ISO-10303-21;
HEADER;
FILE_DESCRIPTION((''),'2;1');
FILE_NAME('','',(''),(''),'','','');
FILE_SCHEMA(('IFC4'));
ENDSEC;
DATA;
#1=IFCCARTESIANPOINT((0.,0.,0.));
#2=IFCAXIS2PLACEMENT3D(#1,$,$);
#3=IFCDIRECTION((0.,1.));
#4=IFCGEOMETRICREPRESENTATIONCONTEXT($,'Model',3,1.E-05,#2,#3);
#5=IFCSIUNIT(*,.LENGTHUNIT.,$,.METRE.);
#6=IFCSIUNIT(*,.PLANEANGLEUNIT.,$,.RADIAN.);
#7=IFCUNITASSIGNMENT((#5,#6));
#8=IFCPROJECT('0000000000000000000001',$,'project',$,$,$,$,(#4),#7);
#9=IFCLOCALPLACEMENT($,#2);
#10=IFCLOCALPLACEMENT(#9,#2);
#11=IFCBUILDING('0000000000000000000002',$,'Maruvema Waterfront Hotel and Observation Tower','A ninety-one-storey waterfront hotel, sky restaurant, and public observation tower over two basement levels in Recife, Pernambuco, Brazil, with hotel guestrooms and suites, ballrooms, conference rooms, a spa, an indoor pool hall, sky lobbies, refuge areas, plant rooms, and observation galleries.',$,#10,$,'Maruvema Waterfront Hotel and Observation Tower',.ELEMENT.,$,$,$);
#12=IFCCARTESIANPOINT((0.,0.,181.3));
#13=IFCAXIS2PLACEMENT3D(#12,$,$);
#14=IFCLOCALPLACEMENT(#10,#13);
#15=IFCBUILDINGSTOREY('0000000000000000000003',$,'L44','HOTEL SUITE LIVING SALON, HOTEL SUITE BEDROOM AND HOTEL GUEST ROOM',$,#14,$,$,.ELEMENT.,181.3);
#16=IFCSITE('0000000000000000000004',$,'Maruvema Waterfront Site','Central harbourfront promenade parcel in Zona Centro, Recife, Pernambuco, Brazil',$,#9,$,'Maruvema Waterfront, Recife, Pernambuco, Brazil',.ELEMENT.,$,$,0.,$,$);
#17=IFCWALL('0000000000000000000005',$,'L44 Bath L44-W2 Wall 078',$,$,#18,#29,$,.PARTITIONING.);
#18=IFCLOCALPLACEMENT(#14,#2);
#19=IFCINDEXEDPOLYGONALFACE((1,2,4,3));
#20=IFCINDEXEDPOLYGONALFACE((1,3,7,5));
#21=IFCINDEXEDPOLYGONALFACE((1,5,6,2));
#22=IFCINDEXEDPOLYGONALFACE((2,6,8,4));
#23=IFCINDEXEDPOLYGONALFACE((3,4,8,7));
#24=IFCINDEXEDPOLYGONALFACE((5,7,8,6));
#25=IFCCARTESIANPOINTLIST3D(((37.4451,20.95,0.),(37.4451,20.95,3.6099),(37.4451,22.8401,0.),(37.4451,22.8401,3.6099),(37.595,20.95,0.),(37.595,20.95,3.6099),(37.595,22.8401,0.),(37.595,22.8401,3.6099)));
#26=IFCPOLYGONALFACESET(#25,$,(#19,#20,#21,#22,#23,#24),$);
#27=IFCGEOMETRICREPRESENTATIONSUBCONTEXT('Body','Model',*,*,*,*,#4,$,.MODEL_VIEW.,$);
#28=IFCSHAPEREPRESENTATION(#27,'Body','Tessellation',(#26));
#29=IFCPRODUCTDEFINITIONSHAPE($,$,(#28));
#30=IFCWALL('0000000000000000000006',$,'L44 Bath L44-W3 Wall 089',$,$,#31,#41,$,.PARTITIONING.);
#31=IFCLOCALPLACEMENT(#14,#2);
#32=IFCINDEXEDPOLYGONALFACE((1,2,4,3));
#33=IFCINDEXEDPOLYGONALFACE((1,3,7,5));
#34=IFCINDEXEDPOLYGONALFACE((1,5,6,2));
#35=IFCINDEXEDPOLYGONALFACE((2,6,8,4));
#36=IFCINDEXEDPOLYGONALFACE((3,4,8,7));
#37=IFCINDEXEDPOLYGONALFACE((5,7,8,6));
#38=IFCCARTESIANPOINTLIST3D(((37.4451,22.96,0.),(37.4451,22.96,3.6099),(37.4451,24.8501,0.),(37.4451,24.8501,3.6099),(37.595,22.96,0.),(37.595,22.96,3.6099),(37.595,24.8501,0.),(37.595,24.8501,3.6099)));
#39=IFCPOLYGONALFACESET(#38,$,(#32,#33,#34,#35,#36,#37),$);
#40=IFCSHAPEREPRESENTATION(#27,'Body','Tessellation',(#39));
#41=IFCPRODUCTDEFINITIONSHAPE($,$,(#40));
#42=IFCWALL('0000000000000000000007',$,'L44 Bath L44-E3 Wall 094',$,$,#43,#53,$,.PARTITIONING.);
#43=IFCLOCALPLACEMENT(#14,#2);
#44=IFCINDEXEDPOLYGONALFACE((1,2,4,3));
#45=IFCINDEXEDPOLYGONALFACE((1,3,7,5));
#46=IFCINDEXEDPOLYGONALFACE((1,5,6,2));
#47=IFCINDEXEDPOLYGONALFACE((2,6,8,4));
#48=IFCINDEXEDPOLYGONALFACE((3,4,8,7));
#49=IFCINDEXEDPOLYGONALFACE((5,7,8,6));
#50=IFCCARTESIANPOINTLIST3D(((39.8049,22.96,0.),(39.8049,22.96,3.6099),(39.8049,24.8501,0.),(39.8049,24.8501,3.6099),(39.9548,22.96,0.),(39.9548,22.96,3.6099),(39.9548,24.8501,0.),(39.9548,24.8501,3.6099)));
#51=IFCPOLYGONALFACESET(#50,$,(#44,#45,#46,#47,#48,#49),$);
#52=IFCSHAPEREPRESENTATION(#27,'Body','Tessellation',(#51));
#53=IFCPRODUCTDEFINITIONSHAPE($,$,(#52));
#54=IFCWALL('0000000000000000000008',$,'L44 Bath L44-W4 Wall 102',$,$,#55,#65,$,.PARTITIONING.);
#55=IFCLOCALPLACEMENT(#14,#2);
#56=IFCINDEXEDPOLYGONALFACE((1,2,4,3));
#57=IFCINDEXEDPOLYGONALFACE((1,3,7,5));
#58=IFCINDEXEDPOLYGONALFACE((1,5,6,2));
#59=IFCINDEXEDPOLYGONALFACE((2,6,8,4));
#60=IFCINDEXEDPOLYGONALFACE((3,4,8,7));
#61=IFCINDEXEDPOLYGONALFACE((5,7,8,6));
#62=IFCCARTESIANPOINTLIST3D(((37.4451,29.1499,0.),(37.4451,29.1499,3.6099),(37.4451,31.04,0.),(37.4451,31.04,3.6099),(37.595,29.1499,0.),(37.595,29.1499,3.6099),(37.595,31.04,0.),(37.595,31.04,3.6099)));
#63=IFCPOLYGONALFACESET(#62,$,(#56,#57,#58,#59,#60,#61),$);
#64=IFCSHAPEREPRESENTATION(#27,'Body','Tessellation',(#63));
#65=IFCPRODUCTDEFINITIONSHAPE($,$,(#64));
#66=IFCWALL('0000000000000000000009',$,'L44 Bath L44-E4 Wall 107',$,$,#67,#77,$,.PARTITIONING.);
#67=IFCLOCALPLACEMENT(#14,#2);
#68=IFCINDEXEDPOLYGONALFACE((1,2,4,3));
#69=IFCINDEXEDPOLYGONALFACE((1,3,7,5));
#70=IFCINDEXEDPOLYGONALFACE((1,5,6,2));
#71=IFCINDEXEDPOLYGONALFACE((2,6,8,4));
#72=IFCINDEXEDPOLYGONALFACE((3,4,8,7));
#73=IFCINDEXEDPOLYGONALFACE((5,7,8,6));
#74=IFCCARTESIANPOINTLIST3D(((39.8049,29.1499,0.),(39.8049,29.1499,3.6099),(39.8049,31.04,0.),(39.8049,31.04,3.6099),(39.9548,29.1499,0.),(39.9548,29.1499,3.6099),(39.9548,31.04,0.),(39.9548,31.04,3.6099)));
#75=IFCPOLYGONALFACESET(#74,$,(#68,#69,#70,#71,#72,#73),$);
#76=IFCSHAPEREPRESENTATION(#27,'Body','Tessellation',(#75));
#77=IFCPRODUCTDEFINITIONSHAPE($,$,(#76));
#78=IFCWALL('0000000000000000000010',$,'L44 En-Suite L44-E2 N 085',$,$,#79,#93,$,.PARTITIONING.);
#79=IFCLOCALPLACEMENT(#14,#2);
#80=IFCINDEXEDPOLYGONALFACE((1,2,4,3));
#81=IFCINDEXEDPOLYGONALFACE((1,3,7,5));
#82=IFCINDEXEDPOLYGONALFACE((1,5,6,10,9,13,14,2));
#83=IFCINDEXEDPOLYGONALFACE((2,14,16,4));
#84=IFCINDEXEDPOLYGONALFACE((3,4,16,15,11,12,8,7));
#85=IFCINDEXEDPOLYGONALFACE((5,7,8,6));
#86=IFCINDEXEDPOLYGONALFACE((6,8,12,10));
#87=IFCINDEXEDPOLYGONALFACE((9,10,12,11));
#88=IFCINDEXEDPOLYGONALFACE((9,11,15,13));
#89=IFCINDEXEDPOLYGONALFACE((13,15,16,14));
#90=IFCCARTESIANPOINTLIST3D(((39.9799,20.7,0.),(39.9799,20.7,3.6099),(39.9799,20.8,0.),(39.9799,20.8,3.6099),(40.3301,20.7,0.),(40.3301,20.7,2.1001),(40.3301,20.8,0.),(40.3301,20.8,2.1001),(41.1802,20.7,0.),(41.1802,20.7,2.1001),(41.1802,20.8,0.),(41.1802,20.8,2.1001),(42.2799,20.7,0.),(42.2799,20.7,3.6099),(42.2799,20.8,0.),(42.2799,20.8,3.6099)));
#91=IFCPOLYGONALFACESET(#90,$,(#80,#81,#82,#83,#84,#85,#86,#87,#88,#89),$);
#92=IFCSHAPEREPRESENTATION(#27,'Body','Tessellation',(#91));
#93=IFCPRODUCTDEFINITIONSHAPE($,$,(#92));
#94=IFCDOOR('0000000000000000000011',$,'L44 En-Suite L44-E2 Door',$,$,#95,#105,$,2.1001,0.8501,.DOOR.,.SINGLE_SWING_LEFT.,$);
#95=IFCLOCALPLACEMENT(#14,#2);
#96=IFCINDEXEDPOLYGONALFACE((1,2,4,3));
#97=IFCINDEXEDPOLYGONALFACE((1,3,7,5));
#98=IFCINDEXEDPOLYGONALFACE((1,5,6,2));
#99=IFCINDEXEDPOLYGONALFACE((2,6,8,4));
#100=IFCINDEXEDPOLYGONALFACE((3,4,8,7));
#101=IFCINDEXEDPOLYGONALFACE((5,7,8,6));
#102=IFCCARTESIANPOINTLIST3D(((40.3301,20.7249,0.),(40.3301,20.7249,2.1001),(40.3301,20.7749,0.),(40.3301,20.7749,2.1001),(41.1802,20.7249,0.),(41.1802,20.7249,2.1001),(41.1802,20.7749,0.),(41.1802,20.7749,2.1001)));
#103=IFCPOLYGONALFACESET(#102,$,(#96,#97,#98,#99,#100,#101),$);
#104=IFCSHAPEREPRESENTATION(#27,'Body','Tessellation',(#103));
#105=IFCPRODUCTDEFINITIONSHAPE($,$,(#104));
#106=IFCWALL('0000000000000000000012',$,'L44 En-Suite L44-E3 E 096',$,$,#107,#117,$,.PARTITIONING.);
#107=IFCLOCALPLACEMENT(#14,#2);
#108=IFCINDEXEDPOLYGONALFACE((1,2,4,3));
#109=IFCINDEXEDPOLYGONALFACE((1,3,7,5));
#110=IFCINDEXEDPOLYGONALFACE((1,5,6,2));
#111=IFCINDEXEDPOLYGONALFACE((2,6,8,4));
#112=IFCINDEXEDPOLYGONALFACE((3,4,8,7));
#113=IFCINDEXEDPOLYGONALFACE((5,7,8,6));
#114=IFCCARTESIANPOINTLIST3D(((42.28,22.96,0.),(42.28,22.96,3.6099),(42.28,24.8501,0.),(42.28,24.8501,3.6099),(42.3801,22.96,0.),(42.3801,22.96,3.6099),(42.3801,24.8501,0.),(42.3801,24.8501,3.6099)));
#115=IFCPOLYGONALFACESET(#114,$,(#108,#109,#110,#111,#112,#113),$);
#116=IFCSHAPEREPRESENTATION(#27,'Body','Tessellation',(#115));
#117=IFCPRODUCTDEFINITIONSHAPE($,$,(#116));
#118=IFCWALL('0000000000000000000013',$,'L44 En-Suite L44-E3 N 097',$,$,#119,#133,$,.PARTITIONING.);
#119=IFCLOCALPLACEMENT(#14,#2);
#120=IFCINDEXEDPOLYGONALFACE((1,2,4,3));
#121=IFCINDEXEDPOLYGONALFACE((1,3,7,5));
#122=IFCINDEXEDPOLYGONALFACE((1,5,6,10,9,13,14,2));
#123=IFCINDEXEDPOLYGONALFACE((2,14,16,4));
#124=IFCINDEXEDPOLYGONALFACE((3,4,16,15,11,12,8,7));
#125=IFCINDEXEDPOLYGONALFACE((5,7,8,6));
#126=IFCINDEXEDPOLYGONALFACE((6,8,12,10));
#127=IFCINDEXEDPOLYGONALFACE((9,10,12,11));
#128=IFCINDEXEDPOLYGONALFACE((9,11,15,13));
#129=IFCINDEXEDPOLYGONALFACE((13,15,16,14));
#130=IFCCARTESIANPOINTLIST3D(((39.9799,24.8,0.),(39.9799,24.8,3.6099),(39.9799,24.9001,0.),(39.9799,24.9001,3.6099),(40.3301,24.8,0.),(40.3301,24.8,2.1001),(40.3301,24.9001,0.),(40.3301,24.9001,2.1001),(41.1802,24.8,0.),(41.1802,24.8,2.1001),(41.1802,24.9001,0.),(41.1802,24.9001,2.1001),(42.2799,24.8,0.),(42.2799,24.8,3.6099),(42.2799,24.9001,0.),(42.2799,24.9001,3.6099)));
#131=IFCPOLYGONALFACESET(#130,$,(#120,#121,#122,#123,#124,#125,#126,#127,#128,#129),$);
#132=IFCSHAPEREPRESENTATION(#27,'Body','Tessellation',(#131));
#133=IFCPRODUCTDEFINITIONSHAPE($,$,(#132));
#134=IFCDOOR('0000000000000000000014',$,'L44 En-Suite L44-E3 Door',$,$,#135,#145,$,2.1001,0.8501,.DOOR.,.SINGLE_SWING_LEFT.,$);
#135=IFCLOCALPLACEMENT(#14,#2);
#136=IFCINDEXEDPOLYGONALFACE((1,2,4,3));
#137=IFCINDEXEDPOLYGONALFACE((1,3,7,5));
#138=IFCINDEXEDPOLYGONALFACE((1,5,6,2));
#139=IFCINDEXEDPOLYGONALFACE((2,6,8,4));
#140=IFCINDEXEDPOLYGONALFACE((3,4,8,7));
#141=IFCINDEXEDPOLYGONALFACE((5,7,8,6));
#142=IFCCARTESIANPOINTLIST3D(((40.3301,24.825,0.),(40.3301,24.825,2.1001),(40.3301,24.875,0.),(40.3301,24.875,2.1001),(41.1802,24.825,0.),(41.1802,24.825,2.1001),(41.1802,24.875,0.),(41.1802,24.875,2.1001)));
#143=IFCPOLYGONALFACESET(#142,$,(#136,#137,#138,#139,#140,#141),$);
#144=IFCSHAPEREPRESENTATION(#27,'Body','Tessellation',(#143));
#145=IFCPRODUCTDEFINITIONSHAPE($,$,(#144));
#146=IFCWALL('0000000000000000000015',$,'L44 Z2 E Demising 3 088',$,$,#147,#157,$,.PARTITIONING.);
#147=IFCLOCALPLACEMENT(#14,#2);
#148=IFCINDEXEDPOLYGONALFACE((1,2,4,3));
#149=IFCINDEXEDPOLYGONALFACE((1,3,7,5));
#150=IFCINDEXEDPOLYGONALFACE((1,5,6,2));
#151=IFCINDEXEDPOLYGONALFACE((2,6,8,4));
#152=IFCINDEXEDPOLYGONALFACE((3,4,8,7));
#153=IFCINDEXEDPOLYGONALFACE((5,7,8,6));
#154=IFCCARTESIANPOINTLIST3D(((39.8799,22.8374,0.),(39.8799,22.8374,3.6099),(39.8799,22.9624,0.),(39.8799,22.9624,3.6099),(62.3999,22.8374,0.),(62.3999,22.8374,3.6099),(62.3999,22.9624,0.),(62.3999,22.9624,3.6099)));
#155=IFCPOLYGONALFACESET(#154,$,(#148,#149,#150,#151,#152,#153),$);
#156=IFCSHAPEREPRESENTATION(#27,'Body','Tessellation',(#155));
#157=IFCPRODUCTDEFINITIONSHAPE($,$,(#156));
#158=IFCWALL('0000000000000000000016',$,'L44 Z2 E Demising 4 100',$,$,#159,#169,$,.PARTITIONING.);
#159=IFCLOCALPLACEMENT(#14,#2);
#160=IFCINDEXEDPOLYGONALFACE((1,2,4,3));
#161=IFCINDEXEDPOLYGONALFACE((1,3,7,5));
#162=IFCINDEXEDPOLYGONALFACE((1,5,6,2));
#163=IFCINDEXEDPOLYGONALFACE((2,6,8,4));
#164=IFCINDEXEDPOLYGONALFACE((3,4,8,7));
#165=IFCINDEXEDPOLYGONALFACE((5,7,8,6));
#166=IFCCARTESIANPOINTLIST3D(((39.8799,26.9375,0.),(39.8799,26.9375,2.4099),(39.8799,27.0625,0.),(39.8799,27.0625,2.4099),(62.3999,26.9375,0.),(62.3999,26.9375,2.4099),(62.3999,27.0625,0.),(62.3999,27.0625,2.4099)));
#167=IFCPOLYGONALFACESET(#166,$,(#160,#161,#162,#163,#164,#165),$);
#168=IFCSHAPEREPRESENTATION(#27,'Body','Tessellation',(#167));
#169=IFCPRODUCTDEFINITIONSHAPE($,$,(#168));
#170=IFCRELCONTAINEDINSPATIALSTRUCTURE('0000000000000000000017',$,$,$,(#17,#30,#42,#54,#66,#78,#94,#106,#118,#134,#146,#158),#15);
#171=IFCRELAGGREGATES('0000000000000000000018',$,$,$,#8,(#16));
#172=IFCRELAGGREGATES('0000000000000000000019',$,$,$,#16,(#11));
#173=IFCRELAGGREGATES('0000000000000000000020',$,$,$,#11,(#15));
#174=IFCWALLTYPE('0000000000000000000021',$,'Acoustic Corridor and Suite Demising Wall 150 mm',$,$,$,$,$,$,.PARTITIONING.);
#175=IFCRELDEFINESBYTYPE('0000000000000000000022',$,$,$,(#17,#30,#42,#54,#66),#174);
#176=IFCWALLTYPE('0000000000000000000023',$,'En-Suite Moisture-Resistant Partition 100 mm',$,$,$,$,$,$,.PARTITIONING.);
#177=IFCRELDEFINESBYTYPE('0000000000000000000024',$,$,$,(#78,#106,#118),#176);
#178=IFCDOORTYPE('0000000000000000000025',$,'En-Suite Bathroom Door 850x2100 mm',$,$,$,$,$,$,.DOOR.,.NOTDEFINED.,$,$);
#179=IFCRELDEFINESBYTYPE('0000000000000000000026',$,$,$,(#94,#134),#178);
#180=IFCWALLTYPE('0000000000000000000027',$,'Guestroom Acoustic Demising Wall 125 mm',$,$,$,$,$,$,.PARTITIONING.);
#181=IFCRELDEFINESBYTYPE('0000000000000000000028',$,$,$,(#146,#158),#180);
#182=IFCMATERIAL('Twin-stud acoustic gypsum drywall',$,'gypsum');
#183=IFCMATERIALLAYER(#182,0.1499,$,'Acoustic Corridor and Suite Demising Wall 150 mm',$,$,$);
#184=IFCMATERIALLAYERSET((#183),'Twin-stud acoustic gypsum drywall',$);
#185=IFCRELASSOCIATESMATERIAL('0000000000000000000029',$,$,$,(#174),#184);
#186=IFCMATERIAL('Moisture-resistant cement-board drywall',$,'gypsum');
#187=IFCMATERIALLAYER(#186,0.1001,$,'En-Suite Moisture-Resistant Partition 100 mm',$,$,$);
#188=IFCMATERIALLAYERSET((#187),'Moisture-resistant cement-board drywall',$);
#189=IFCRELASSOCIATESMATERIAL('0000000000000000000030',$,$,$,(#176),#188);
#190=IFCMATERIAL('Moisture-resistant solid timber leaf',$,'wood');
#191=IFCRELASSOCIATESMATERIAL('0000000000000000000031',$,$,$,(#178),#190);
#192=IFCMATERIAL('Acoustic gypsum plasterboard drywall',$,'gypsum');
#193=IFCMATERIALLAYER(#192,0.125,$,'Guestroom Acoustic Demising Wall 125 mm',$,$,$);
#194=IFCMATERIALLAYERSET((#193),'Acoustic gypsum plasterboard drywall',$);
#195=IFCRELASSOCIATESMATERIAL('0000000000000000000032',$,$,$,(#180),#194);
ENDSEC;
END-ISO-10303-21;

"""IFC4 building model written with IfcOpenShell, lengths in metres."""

from ifc_helpers import new_model, si_unit, direction, frame, frame_2d, origin, place, context, subcontext, project, spatial, rectangle, extrude, material, layer, layer_set, type_object, element, fill, save


model = new_model("IFC4")

# Units and contexts
model_context = context("Model", 3, precision=1e-05, world=origin(), true_north=direction((0.0, 1.0)))
body_context = subcontext(model_context, "Body", "Model", "MODEL_VIEW")
ifc_project = project(units=[si_unit("LENGTHUNIT", "METRE"), si_unit("PLANEANGLEUNIT", "RADIAN")], contexts=[model_context])

# Site, building, storey
site_placement = place(None, origin())
site = spatial("IfcSite", under=ifc_project, at=site_placement, Name="Maruvema Waterfront Site", Description="Central harbourfront promenade parcel in Zona Centro, Recife, Pernambuco, Brazil", LongName="Maruvema Waterfront, Recife, Pernambuco, Brazil", CompositionType="ELEMENT", RefElevation=0.0)
building_placement = place(site_placement, origin())
building = spatial("IfcBuilding", under=site, at=building_placement, Name="Maruvema Waterfront Hotel and Observation Tower", Description="A ninety-one-storey waterfront hotel, sky restaurant, and public observation tower over two basement levels in Recife, Pernambuco, Brazil, with hotel guestrooms and suites, ballrooms, conference rooms, a spa, an indoor pool hall, sky lobbies, refuge areas, plant rooms, and observation galleries.", LongName="Maruvema Waterfront Hotel and Observation Tower", CompositionType="ELEMENT")
storey_placement = place(building_placement, frame((0.0, 0.0, 181.3)))
storey = spatial("IfcBuildingStorey", under=building, at=storey_placement, Name="L44", Description="HOTEL SUITE LIVING SALON, HOTEL SUITE BEDROOM AND HOTEL GUEST ROOM", CompositionType="ELEMENT", Elevation=181.3)

# Wall
ifc_material_1 = material(Name="Twin-stud acoustic gypsum drywall", Category="gypsum")
ifc_layer_1 = layer(ifc_material_1, 0.1499, Name="Acoustic Corridor and Suite Demising Wall 150 mm")
ifc_layer_set_1 = layer_set([ifc_layer_1], Name="Twin-stud acoustic gypsum drywall")
wall_type_1 = type_object("IfcWallType", Name="Acoustic Corridor and Suite Demising Wall 150 mm", PredefinedType="PARTITIONING", material=ifc_layer_set_1)
wall_1_placement = place(storey_placement, frame((37.52, 20.95, 0.0), z_axis=(0.0, 0.0, 1.0), x_axis=(0.0, 1.0, 0.0)))
element("IfcWall", 1, at=wall_1_placement, inside=storey, type_object=wall_type_1, Name="L44 Bath L44-W2 Wall 078", PredefinedType="PARTITIONING", context=body_context, shape_type="SweptSolid", body=[
    extrude(rectangle(XDim=1.8901, YDim=0.1499, at=frame_2d((0.9451, 0.0))), origin(), (0.0, 0.0, 1.0), 3.6099),
])

# Wall
wall_2_placement = place(storey_placement, frame((37.52, 22.96, 0.0), z_axis=(0.0, 0.0, 1.0), x_axis=(0.0, 1.0, 0.0)))
element("IfcWall", 2, at=wall_2_placement, inside=storey, type_object=wall_type_1, Name="L44 Bath L44-W3 Wall 089", PredefinedType="PARTITIONING", context=body_context, shape_type="SweptSolid", body=[
    extrude(rectangle(XDim=1.8901, YDim=0.1499, at=frame_2d((0.9451, 0.0))), origin(), (0.0, 0.0, 1.0), 3.6099),
])

# Wall
wall_3_placement = place(storey_placement, frame((39.8799, 22.96, 0.0), z_axis=(0.0, 0.0, 1.0), x_axis=(0.0, 1.0, 0.0)))
element("IfcWall", 3, at=wall_3_placement, inside=storey, type_object=wall_type_1, Name="L44 Bath L44-E3 Wall 094", PredefinedType="PARTITIONING", context=body_context, shape_type="SweptSolid", body=[
    extrude(rectangle(XDim=1.8901, YDim=0.1499, at=frame_2d((0.9451, 0.0))), origin(), (0.0, 0.0, 1.0), 3.6099),
])

# Wall
wall_4_placement = place(storey_placement, frame((37.52, 29.1499, 0.0), z_axis=(0.0, 0.0, 1.0), x_axis=(0.0, 1.0, 0.0)))
element("IfcWall", 4, at=wall_4_placement, inside=storey, type_object=wall_type_1, Name="L44 Bath L44-W4 Wall 102", PredefinedType="PARTITIONING", context=body_context, shape_type="SweptSolid", body=[
    extrude(rectangle(XDim=1.8901, YDim=0.1499, at=frame_2d((0.9451, 0.0))), origin(), (0.0, 0.0, 1.0), 3.6099),
])

# Wall
wall_5_placement = place(storey_placement, frame((39.8799, 29.1499, 0.0), z_axis=(0.0, 0.0, 1.0), x_axis=(0.0, 1.0, 0.0)))
element("IfcWall", 5, at=wall_5_placement, inside=storey, type_object=wall_type_1, Name="L44 Bath L44-E4 Wall 107", PredefinedType="PARTITIONING", context=body_context, shape_type="SweptSolid", body=[
    extrude(rectangle(XDim=1.8901, YDim=0.1499, at=frame_2d((0.9451, 0.0))), origin(), (0.0, 0.0, 1.0), 3.6099),
])

# Wall, opening, door
ifc_material_2 = material(Name="Moisture-resistant cement-board drywall", Category="gypsum")
ifc_layer_2 = layer(ifc_material_2, 0.1001, Name="En-Suite Moisture-Resistant Partition 100 mm")
ifc_layer_set_2 = layer_set([ifc_layer_2], Name="Moisture-resistant cement-board drywall")
wall_type_2 = type_object("IfcWallType", Name="En-Suite Moisture-Resistant Partition 100 mm", PredefinedType="PARTITIONING", material=ifc_layer_set_2)
wall_6_placement = place(storey_placement, frame((39.98, 20.75, 0.0), z_axis=(0.0, 0.0, 1.0), x_axis=(1.0, 0.0, 0.0)))
wall_6 = element("IfcWall", 6, at=wall_6_placement, inside=storey, type_object=wall_type_2, Name="L44 En-Suite L44-E2 N 085", PredefinedType="PARTITIONING", context=body_context, shape_type="SweptSolid", body=[
    extrude(rectangle(XDim=2.3, YDim=0.1001, at=frame_2d((1.1499, 0.0))), origin(), (0.0, 0.0, 1.0), 3.6099),
])
opening_1_placement = place(wall_6_placement, frame((0.3501, 0.0, 0.0)))
opening_1 = element("IfcOpeningElement", 7, at=opening_1_placement, cuts=wall_6, PredefinedType="OPENING", context=body_context, shape_type="SweptSolid", body=[
    extrude(rectangle(XDim=0.8501, YDim=2.1001, at=frame_2d((0.425, 1.05))), frame((0.0, 0.0601, 0.0), z_axis=(0.0, -1.0, 0.0), x_axis=(1.0, 0.0, 0.0)), (0.0, 0.0, 1.0), 0.1201),
])
ifc_material_3 = material(Name="Moisture-resistant solid timber leaf", Category="wood")
door_type_1 = type_object("IfcDoorType", Name="En-Suite Bathroom Door 850x2100 mm", OperationType="NOTDEFINED", PredefinedType="DOOR", material=ifc_material_3)
door_1_placement = place(opening_1_placement, origin())
door_1 = element("IfcDoor", 8, at=door_1_placement, inside=storey, type_object=door_type_1, Name="L44 En-Suite L44-E2 Door", OperationType="SINGLE_SWING_LEFT", OverallHeight=2.1001, OverallWidth=0.8501, PredefinedType="DOOR", context=body_context, shape_type="SweptSolid", body=[
    extrude(rectangle(XDim=0.8501, YDim=2.1001, at=frame_2d((0.425, 1.05))), frame((0.0, 0.0249, 0.0), z_axis=(0.0, -1.0, 0.0), x_axis=(1.0, 0.0, 0.0)), (0.0, 0.0, 1.0), 0.05),
])
fill(opening_1, door_1)

# Wall
wall_7_placement = place(storey_placement, frame((42.3301, 22.96, 0.0), z_axis=(0.0, 0.0, 1.0), x_axis=(0.0, 1.0, 0.0)))
element("IfcWall", 9, at=wall_7_placement, inside=storey, type_object=wall_type_2, Name="L44 En-Suite L44-E3 E 096", PredefinedType="PARTITIONING", context=body_context, shape_type="SweptSolid", body=[
    extrude(rectangle(XDim=1.8901, YDim=0.1001, at=frame_2d((0.9451, 0.0))), origin(), (0.0, 0.0, 1.0), 3.6099),
])

# Wall, opening, door
wall_8_placement = place(storey_placement, frame((39.98, 24.8501, 0.0), z_axis=(0.0, 0.0, 1.0), x_axis=(1.0, 0.0, 0.0)))
wall_8 = element("IfcWall", 10, at=wall_8_placement, inside=storey, type_object=wall_type_2, Name="L44 En-Suite L44-E3 N 097", PredefinedType="PARTITIONING", context=body_context, shape_type="SweptSolid", body=[
    extrude(rectangle(XDim=2.3, YDim=0.1001, at=frame_2d((1.1499, 0.0))), origin(), (0.0, 0.0, 1.0), 3.6099),
])
opening_2_placement = place(wall_8_placement, frame((0.3501, 0.0, 0.0)))
opening_2 = element("IfcOpeningElement", 11, at=opening_2_placement, cuts=wall_8, PredefinedType="OPENING", context=body_context, shape_type="SweptSolid", body=[
    extrude(rectangle(XDim=0.8501, YDim=2.1001, at=frame_2d((0.425, 1.05))), frame((0.0, 0.0601, 0.0), z_axis=(0.0, -1.0, 0.0), x_axis=(1.0, 0.0, 0.0)), (0.0, 0.0, 1.0), 0.1201),
])
door_2_placement = place(opening_2_placement, origin())
door_2 = element("IfcDoor", 12, at=door_2_placement, inside=storey, type_object=door_type_1, Name="L44 En-Suite L44-E3 Door", OperationType="SINGLE_SWING_LEFT", OverallHeight=2.1001, OverallWidth=0.8501, PredefinedType="DOOR", context=body_context, shape_type="SweptSolid", body=[
    extrude(rectangle(XDim=0.8501, YDim=2.1001, at=frame_2d((0.425, 1.05))), frame((0.0, 0.0249, 0.0), z_axis=(0.0, -1.0, 0.0), x_axis=(1.0, 0.0, 0.0)), (0.0, 0.0, 1.0), 0.05),
])
fill(opening_2, door_2)

# Walls
ifc_material_4 = material(Name="Acoustic gypsum plasterboard drywall", Category="gypsum")
ifc_layer_3 = layer(ifc_material_4, 0.125, Name="Guestroom Acoustic Demising Wall 125 mm")
ifc_layer_set_3 = layer_set([ifc_layer_3], Name="Acoustic gypsum plasterboard drywall")
wall_type_3 = type_object("IfcWallType", Name="Guestroom Acoustic Demising Wall 125 mm", PredefinedType="PARTITIONING", material=ifc_layer_set_3)
wall_9_placement = place(storey_placement, frame((39.8799, 22.8999, 0.0), z_axis=(0.0, 0.0, 1.0), x_axis=(1.0, 0.0, 0.0)))
element("IfcWall", 13, at=wall_9_placement, inside=storey, type_object=wall_type_3, Name="L44 Z2 E Demising 3 088", PredefinedType="PARTITIONING", context=body_context, shape_type="SweptSolid", body=[
    extrude(rectangle(XDim=22.52, YDim=0.125, at=frame_2d((11.26, 0.0))), origin(), (0.0, 0.0, 1.0), 3.6099),
])
wall_10_placement = place(storey_placement, frame((39.8799, 27.0, 0.0), z_axis=(0.0, 0.0, 1.0), x_axis=(1.0, 0.0, 0.0)))
element("IfcWall", 14, at=wall_10_placement, inside=storey, type_object=wall_type_3, Name="L44 Z2 E Demising 4 100", PredefinedType="PARTITIONING", context=body_context, shape_type="SweptSolid", body=[
    extrude(rectangle(XDim=22.52, YDim=0.125, at=frame_2d((11.26, 0.0))), origin(), (0.0, 0.0, 1.0), 2.4099),
])

save(model, "model.ifc")
